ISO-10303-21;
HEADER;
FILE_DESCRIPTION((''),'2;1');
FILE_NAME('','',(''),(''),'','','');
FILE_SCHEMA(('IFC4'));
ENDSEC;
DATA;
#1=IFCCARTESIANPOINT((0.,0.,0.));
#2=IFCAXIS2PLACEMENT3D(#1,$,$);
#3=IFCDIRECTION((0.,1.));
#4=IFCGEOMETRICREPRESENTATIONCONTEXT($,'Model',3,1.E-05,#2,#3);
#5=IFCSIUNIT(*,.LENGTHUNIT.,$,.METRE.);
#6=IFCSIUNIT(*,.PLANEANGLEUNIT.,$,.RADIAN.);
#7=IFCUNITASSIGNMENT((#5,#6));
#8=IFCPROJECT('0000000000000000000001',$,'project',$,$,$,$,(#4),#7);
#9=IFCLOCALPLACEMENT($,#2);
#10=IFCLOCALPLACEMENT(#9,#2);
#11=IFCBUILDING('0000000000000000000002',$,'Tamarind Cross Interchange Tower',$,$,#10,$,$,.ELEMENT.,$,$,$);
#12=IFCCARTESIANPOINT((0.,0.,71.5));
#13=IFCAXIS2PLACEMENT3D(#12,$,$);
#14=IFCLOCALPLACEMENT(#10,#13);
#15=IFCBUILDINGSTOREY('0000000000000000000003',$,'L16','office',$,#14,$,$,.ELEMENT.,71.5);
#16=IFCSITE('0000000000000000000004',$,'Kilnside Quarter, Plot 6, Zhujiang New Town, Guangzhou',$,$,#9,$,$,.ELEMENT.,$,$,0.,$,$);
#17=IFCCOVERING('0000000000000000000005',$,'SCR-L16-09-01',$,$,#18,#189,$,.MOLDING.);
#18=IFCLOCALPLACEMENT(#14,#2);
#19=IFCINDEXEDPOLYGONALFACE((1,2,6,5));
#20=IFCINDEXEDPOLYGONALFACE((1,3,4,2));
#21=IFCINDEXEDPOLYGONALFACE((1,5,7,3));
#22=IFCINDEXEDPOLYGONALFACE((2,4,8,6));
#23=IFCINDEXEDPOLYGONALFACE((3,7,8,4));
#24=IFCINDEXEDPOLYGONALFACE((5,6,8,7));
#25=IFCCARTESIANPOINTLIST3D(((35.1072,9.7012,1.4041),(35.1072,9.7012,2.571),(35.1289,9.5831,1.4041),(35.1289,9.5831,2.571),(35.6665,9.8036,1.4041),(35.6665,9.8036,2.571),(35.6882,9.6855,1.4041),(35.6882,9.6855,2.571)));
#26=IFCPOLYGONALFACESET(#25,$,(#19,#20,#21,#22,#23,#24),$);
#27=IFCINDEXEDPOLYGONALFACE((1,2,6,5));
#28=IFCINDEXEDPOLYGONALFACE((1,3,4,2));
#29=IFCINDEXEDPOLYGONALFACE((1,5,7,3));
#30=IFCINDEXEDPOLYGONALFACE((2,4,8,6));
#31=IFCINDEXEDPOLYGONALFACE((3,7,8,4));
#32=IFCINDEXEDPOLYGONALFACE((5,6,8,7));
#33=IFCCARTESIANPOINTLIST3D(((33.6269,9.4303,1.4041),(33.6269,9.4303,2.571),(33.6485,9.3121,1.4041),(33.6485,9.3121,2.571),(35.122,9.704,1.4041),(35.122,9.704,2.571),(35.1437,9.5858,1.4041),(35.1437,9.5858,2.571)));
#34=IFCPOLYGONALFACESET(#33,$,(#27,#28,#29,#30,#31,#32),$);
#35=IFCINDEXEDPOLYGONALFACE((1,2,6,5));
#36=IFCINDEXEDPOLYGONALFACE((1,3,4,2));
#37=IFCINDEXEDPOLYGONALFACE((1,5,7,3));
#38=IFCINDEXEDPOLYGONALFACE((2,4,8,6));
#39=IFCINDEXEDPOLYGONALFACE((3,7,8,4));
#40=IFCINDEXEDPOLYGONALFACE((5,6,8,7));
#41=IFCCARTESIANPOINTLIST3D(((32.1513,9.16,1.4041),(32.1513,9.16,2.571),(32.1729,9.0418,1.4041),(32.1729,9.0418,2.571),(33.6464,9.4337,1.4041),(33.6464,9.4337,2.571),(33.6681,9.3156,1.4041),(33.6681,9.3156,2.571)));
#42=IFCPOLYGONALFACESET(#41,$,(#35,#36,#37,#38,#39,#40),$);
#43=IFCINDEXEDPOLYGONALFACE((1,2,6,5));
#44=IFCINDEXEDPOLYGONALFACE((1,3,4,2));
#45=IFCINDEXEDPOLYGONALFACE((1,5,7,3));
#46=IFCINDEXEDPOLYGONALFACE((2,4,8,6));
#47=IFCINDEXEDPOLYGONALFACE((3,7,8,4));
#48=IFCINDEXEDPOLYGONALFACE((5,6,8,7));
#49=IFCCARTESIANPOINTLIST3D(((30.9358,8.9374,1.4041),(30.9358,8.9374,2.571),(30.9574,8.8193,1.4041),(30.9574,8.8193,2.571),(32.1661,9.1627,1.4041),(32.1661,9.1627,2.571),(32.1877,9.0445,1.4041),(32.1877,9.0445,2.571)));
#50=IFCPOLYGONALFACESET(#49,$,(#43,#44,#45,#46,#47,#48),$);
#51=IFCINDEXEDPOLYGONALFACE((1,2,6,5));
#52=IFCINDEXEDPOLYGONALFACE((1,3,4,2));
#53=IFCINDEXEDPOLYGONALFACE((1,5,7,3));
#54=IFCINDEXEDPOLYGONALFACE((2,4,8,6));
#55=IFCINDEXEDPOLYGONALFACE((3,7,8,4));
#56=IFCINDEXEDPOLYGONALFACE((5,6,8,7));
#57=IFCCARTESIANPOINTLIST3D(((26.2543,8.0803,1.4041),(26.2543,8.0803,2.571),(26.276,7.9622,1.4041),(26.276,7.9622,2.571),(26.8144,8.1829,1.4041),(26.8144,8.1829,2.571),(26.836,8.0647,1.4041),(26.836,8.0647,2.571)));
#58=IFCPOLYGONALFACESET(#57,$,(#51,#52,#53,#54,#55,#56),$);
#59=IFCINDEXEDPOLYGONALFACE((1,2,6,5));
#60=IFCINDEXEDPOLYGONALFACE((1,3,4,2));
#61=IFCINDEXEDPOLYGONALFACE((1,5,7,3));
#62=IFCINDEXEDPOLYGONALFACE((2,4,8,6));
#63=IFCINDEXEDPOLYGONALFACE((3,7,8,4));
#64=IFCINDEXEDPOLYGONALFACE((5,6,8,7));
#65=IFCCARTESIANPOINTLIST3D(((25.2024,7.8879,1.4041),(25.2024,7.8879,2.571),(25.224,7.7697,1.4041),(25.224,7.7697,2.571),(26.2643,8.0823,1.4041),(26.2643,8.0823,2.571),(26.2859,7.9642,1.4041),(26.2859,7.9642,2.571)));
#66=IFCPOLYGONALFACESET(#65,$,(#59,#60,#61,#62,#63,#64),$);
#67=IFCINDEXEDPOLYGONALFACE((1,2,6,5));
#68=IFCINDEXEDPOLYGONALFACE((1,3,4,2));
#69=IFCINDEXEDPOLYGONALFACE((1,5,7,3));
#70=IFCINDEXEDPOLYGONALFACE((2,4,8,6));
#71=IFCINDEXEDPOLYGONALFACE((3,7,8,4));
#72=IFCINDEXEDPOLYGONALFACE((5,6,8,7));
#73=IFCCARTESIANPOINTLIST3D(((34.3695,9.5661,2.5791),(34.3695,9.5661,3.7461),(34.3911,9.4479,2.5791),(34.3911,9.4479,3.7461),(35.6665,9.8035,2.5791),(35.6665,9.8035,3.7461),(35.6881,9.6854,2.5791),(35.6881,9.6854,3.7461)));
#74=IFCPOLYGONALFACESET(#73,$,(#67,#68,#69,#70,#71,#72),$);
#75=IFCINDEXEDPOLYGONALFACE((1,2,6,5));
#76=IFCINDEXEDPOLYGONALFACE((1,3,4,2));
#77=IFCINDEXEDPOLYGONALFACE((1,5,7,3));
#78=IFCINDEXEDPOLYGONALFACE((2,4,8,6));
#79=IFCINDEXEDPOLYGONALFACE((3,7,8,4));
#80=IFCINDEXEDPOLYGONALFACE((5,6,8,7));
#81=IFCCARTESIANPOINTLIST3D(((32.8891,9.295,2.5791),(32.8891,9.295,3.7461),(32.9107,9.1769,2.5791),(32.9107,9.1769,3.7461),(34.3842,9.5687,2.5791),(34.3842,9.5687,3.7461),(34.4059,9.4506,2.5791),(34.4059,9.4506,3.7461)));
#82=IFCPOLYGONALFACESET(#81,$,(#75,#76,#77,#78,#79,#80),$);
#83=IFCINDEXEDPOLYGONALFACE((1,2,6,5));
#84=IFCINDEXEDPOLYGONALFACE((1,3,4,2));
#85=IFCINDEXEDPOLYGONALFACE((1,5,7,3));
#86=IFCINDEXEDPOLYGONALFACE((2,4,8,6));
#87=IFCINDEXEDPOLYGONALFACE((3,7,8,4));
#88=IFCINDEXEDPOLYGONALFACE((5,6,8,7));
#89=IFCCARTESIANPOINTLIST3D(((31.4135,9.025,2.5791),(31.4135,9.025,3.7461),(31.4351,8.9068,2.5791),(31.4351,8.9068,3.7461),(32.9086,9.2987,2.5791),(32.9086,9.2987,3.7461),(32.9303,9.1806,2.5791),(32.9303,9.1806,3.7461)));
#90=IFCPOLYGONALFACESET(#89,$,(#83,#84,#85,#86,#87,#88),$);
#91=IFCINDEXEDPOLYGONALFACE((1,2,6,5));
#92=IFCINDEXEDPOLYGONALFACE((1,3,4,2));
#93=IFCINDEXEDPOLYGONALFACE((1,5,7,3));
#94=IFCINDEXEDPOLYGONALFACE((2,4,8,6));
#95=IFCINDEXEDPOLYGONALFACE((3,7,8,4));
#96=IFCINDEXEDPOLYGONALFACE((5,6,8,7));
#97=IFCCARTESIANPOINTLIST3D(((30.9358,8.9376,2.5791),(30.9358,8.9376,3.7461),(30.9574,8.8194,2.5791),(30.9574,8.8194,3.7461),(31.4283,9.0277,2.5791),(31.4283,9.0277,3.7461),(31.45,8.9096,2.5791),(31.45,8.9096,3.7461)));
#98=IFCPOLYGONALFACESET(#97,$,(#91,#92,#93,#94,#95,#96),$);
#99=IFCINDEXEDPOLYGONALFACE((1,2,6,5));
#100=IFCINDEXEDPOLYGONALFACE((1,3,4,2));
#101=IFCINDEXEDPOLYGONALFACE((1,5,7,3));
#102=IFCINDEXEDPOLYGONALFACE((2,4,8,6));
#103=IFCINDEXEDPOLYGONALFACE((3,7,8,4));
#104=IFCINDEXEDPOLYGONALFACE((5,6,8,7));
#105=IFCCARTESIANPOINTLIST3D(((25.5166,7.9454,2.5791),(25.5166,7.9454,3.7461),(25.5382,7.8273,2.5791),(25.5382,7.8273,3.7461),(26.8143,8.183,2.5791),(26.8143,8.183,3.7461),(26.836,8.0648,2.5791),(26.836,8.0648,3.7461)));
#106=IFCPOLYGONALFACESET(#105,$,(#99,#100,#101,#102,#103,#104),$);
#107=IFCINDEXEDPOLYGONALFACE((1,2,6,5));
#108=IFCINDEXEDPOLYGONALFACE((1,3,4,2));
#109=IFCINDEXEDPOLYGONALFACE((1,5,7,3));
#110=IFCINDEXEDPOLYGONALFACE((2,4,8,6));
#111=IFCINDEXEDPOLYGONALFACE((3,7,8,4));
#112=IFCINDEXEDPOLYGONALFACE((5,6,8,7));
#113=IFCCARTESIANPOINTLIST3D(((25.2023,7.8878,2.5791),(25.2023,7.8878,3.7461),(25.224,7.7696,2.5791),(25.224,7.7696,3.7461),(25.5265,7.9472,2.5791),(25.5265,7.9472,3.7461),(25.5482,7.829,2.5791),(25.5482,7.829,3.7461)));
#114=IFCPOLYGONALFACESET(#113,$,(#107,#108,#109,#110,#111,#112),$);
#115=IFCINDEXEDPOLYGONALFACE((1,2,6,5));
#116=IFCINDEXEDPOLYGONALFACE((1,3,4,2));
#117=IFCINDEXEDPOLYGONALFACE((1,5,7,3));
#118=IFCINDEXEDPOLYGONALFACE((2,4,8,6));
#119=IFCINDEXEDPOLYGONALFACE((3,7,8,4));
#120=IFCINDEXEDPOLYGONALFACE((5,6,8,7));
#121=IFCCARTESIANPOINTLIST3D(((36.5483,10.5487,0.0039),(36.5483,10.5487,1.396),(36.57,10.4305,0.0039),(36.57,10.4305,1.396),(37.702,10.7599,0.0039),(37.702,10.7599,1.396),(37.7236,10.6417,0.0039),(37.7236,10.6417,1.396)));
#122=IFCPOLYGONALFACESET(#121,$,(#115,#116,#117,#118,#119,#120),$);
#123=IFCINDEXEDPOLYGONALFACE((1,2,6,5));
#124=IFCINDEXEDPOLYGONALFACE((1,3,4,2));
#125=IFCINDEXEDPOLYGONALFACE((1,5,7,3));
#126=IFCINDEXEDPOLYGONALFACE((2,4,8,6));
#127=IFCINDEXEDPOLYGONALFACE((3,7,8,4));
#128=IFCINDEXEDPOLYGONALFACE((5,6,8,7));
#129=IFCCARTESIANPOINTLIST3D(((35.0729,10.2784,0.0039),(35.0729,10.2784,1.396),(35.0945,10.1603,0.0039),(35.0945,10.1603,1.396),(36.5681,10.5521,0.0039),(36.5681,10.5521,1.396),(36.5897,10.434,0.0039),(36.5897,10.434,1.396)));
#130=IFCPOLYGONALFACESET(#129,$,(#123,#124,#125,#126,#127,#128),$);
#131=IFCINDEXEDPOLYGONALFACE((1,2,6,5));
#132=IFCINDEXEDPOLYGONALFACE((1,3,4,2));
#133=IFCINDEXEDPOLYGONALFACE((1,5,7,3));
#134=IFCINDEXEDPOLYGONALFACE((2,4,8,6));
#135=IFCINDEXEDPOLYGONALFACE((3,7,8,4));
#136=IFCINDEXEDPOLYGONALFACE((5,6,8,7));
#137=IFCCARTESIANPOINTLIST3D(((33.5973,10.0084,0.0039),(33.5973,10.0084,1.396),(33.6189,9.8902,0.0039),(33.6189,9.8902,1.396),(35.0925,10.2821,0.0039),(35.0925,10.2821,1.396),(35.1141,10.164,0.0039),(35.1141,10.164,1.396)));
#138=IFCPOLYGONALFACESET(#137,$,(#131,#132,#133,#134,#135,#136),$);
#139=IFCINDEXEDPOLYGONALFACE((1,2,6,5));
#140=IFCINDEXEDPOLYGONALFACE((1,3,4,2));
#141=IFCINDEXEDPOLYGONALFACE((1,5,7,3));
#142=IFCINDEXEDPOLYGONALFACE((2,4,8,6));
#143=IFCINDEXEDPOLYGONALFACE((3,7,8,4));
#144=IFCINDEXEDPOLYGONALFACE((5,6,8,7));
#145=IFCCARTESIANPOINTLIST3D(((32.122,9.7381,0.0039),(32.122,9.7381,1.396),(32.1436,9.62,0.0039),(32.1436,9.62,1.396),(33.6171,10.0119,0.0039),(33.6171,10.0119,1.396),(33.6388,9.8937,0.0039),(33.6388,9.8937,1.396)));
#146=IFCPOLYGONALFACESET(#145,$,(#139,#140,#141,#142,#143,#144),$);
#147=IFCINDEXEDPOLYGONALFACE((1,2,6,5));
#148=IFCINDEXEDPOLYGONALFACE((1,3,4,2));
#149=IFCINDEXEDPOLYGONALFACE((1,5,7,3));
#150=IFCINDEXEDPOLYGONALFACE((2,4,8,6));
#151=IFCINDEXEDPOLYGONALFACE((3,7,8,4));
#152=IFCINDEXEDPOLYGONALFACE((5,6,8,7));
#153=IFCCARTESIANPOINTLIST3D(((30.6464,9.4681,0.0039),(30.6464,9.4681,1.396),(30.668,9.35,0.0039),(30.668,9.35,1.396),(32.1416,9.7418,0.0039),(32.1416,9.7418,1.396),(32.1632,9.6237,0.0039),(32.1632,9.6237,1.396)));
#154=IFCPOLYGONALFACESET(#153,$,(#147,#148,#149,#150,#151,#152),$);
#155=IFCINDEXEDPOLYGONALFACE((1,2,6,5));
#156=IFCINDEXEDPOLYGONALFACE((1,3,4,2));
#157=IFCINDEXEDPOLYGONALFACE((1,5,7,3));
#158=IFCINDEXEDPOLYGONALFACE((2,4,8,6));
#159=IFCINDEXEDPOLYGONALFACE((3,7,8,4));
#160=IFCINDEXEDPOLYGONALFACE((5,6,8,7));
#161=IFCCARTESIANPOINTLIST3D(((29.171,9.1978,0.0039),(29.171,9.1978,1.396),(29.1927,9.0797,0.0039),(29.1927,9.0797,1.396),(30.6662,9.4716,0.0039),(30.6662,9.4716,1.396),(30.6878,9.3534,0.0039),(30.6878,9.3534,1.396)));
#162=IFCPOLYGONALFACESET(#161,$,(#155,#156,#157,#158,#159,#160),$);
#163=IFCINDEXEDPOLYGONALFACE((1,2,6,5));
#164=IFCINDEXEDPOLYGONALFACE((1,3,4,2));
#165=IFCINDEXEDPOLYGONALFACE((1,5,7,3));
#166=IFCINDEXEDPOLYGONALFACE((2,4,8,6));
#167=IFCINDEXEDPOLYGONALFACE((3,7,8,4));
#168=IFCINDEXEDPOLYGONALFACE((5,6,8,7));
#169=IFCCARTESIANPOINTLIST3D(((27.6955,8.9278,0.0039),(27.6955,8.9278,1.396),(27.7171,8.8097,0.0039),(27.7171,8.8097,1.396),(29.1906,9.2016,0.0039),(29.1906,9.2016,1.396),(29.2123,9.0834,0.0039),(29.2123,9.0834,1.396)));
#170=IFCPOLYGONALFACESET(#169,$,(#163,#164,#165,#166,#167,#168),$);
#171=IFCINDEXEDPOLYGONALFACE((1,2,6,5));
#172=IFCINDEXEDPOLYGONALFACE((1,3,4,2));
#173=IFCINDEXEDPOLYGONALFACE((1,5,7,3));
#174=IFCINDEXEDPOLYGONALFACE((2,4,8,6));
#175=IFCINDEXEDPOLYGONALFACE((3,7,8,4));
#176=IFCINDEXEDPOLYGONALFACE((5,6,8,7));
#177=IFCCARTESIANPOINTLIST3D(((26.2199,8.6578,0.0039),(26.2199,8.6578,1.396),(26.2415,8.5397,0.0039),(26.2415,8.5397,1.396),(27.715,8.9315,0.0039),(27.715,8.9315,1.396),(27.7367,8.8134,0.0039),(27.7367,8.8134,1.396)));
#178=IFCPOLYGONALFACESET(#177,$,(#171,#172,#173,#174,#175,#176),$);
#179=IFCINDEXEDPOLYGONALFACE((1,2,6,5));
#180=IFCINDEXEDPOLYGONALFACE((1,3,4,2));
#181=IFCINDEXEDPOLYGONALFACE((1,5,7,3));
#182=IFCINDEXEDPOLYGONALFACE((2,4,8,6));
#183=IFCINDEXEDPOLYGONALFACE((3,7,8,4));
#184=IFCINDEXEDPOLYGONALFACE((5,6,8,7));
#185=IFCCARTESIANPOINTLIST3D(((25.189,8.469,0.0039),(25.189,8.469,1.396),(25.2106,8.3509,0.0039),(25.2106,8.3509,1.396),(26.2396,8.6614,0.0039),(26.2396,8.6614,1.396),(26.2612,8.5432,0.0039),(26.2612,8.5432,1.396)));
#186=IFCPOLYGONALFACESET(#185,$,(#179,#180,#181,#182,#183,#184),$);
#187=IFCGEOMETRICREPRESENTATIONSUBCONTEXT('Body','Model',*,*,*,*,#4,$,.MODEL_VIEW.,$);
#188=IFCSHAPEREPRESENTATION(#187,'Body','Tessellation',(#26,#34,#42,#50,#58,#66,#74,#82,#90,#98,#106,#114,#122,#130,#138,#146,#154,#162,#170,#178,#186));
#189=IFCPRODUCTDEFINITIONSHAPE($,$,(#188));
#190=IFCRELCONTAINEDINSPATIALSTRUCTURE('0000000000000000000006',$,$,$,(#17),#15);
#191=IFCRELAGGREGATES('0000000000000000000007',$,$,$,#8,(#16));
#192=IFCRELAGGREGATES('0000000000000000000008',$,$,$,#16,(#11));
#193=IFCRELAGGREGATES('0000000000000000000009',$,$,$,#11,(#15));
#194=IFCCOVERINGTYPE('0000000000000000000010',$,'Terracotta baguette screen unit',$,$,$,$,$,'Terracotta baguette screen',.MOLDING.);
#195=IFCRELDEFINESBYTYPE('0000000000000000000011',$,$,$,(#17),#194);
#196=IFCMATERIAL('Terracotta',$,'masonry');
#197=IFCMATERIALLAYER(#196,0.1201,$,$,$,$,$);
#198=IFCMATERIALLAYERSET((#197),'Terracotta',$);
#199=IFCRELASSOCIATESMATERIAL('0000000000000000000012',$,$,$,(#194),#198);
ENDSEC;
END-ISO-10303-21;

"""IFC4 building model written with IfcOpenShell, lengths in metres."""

from ifc_helpers import new_model, si_unit, direction, frame, origin, origin_2d, place, context, subcontext, project, spatial, rectangle, extrude, material, layer, layer_set, type_object, element, save


model = new_model("IFC4")

# Units and contexts
model_context = context("Model", 3, precision=1e-05, world=origin(), true_north=direction((0.0, 1.0)))
body_context = subcontext(model_context, "Body", "Model", "MODEL_VIEW")
ifc_project = project(units=[si_unit("LENGTHUNIT", "METRE"), si_unit("PLANEANGLEUNIT", "RADIAN")], contexts=[model_context])

# Site, building, storey
site_placement = place(None, origin())
site = spatial("IfcSite", under=ifc_project, at=site_placement, Name="Kilnside Quarter, Plot 6, Zhujiang New Town, Guangzhou", CompositionType="ELEMENT", RefElevation=0.0)
building_placement = place(site_placement, origin())
building = spatial("IfcBuilding", under=site, at=building_placement, Name="Tamarind Cross Interchange Tower", CompositionType="ELEMENT")
storey_placement = place(building_placement, frame((0.0, 0.0, 71.5)))
storey = spatial("IfcBuildingStorey", under=building, at=storey_placement, Name="L16", Description="office", CompositionType="ELEMENT", Elevation=71.5)

# Covering
ifc_material_1 = material(Name="Terracotta", Category="masonry")
ifc_layer_1 = layer(ifc_material_1, 0.1201)
ifc_layer_set_1 = layer_set([ifc_layer_1], Name="Terracotta")
covering_type = type_object("IfcCoveringType", Name="Terracotta baguette screen unit", ElementType="Terracotta baguette screen", PredefinedType="MOLDING", material=ifc_layer_set_1)
covering_1_placement = place(storey_placement, origin())
element("IfcCovering", 1, at=covering_1_placement, inside=storey, type_object=covering_type, Name="SCR-L16-09-01", PredefinedType="MOLDING", context=body_context, shape_type="SweptSolid", body=[
    extrude(rectangle(XDim=0.5686, YDim=0.1201, at=origin_2d()), frame((35.3977, 9.6934, 1.4041), z_axis=(0.0, 0.0, 1.0), x_axis=(-0.983651, -0.180086, 0.0)), (0.0, 0.0, 1.0), 1.167),
    extrude(rectangle(XDim=1.52, YDim=0.1201, at=origin_2d()), frame((34.3853, 9.5081, 1.4041), z_axis=(0.0, 0.0, 1.0), x_axis=(-0.983651, -0.180086, 0.0)), (0.0, 0.0, 1.0), 1.167),
    extrude(rectangle(XDim=1.52, YDim=0.1201, at=origin_2d()), frame((32.9097, 9.2378, 1.4041), z_axis=(0.0, 0.0, 1.0), x_axis=(-0.983651, -0.180086, 0.0)), (0.0, 0.0, 1.0), 1.167),
    extrude(rectangle(XDim=1.2507, YDim=0.1201, at=origin_2d()), frame((31.5618, 8.991, 1.4041), z_axis=(0.0, 0.0, 1.0), x_axis=(-0.983651, -0.180086, 0.0)), (0.0, 0.0, 1.0), 1.167),
    extrude(rectangle(XDim=0.5693, YDim=0.1201, at=origin_2d()), frame((26.5452, 8.0725, 1.4041), z_axis=(0.0, 0.0, 1.0), x_axis=(-0.983651, -0.180086, 0.0)), (0.0, 0.0, 1.0), 1.167),
    extrude(rectangle(XDim=1.0796, YDim=0.1201, at=origin_2d()), frame((25.7441, 7.926, 1.4041), z_axis=(0.0, 0.0, 1.0), x_axis=(-0.983651, -0.180086, 0.0)), (0.0, 0.0, 1.0), 1.167),
    extrude(rectangle(XDim=1.3186, YDim=0.1201, at=origin_2d()), frame((35.0288, 9.6257, 2.5791), z_axis=(0.0, 0.0, 1.0), x_axis=(-0.983651, -0.180086, 0.0)), (0.0, 0.0, 1.0), 1.167),
    extrude(rectangle(XDim=1.52, YDim=0.1201, at=origin_2d()), frame((33.6475, 9.3728, 2.5791), z_axis=(0.0, 0.0, 1.0), x_axis=(-0.983651, -0.180086, 0.0)), (0.0, 0.0, 1.0), 1.167),
    extrude(rectangle(XDim=1.52, YDim=0.1201, at=origin_2d()), frame((32.1719, 9.1028, 2.5791), z_axis=(0.0, 0.0, 1.0), x_axis=(-0.983651, -0.180086, 0.0)), (0.0, 0.0, 1.0), 1.167),
    extrude(rectangle(XDim=0.5007, YDim=0.1201, at=origin_2d()), frame((31.1929, 8.9236, 2.5791), z_axis=(0.0, 0.0, 1.0), x_axis=(-0.983651, -0.180086, 0.0)), (0.0, 0.0, 1.0), 1.167),
    extrude(rectangle(XDim=1.3193, YDim=0.1201, at=origin_2d()), frame((26.1763, 8.0051, 2.5791), z_axis=(0.0, 0.0, 1.0), x_axis=(-0.983651, -0.180086, 0.0)), (0.0, 0.0, 1.0), 1.167),
    extrude(rectangle(XDim=0.3296, YDim=0.1201, at=origin_2d()), frame((25.3752, 7.8584, 2.5791), z_axis=(0.0, 0.0, 1.0), x_axis=(-0.983651, -0.180086, 0.0)), (0.0, 0.0, 1.0), 1.167),
    extrude(rectangle(XDim=1.1729, YDim=0.1201, at=origin_2d()), frame((37.136, 10.5952, 0.0039), z_axis=(0.0, 0.0, 1.0), x_axis=(-0.983651, -0.180086, 0.0)), (0.0, 0.0, 1.0), 1.3921),
    extrude(rectangle(XDim=1.52, YDim=0.1201, at=origin_2d()), frame((35.8313, 10.3562, 0.0039), z_axis=(0.0, 0.0, 1.0), x_axis=(-0.983651, -0.180086, 0.0)), (0.0, 0.0, 1.0), 1.3921),
    extrude(rectangle(XDim=1.52, YDim=0.1201, at=origin_2d()), frame((34.3557, 10.0862, 0.0039), z_axis=(0.0, 0.0, 1.0), x_axis=(-0.983651, -0.180086, 0.0)), (0.0, 0.0, 1.0), 1.3921),
    extrude(rectangle(XDim=1.52, YDim=0.1201, at=origin_2d()), frame((32.8804, 9.8159, 0.0039), z_axis=(0.0, 0.0, 1.0), x_axis=(-0.983651, -0.180086, 0.0)), (0.0, 0.0, 1.0), 1.3921),
    extrude(rectangle(XDim=1.52, YDim=0.1201, at=origin_2d()), frame((31.4048, 9.5459, 0.0039), z_axis=(0.0, 0.0, 1.0), x_axis=(-0.983651, -0.180086, 0.0)), (0.0, 0.0, 1.0), 1.3921),
    extrude(rectangle(XDim=1.52, YDim=0.1201, at=origin_2d()), frame((29.9294, 9.2756, 0.0039), z_axis=(0.0, 0.0, 1.0), x_axis=(-0.983651, -0.180086, 0.0)), (0.0, 0.0, 1.0), 1.3921),
    extrude(rectangle(XDim=1.52, YDim=0.1201, at=origin_2d()), frame((28.4539, 9.0056, 0.0039), z_axis=(0.0, 0.0, 1.0), x_axis=(-0.983651, -0.180086, 0.0)), (0.0, 0.0, 1.0), 1.3921),
    extrude(rectangle(XDim=1.52, YDim=0.1201, at=origin_2d()), frame((26.9783, 8.7356, 0.0039), z_axis=(0.0, 0.0, 1.0), x_axis=(-0.983651, -0.180086, 0.0)), (0.0, 0.0, 1.0), 1.3921),
    extrude(rectangle(XDim=1.0681, YDim=0.1201, at=origin_2d()), frame((25.7251, 8.5061, 0.0039), z_axis=(0.0, 0.0, 1.0), x_axis=(-0.983651, -0.180086, 0.0)), (0.0, 0.0, 1.0), 1.3921),
])

save(model, "model.ifc")
